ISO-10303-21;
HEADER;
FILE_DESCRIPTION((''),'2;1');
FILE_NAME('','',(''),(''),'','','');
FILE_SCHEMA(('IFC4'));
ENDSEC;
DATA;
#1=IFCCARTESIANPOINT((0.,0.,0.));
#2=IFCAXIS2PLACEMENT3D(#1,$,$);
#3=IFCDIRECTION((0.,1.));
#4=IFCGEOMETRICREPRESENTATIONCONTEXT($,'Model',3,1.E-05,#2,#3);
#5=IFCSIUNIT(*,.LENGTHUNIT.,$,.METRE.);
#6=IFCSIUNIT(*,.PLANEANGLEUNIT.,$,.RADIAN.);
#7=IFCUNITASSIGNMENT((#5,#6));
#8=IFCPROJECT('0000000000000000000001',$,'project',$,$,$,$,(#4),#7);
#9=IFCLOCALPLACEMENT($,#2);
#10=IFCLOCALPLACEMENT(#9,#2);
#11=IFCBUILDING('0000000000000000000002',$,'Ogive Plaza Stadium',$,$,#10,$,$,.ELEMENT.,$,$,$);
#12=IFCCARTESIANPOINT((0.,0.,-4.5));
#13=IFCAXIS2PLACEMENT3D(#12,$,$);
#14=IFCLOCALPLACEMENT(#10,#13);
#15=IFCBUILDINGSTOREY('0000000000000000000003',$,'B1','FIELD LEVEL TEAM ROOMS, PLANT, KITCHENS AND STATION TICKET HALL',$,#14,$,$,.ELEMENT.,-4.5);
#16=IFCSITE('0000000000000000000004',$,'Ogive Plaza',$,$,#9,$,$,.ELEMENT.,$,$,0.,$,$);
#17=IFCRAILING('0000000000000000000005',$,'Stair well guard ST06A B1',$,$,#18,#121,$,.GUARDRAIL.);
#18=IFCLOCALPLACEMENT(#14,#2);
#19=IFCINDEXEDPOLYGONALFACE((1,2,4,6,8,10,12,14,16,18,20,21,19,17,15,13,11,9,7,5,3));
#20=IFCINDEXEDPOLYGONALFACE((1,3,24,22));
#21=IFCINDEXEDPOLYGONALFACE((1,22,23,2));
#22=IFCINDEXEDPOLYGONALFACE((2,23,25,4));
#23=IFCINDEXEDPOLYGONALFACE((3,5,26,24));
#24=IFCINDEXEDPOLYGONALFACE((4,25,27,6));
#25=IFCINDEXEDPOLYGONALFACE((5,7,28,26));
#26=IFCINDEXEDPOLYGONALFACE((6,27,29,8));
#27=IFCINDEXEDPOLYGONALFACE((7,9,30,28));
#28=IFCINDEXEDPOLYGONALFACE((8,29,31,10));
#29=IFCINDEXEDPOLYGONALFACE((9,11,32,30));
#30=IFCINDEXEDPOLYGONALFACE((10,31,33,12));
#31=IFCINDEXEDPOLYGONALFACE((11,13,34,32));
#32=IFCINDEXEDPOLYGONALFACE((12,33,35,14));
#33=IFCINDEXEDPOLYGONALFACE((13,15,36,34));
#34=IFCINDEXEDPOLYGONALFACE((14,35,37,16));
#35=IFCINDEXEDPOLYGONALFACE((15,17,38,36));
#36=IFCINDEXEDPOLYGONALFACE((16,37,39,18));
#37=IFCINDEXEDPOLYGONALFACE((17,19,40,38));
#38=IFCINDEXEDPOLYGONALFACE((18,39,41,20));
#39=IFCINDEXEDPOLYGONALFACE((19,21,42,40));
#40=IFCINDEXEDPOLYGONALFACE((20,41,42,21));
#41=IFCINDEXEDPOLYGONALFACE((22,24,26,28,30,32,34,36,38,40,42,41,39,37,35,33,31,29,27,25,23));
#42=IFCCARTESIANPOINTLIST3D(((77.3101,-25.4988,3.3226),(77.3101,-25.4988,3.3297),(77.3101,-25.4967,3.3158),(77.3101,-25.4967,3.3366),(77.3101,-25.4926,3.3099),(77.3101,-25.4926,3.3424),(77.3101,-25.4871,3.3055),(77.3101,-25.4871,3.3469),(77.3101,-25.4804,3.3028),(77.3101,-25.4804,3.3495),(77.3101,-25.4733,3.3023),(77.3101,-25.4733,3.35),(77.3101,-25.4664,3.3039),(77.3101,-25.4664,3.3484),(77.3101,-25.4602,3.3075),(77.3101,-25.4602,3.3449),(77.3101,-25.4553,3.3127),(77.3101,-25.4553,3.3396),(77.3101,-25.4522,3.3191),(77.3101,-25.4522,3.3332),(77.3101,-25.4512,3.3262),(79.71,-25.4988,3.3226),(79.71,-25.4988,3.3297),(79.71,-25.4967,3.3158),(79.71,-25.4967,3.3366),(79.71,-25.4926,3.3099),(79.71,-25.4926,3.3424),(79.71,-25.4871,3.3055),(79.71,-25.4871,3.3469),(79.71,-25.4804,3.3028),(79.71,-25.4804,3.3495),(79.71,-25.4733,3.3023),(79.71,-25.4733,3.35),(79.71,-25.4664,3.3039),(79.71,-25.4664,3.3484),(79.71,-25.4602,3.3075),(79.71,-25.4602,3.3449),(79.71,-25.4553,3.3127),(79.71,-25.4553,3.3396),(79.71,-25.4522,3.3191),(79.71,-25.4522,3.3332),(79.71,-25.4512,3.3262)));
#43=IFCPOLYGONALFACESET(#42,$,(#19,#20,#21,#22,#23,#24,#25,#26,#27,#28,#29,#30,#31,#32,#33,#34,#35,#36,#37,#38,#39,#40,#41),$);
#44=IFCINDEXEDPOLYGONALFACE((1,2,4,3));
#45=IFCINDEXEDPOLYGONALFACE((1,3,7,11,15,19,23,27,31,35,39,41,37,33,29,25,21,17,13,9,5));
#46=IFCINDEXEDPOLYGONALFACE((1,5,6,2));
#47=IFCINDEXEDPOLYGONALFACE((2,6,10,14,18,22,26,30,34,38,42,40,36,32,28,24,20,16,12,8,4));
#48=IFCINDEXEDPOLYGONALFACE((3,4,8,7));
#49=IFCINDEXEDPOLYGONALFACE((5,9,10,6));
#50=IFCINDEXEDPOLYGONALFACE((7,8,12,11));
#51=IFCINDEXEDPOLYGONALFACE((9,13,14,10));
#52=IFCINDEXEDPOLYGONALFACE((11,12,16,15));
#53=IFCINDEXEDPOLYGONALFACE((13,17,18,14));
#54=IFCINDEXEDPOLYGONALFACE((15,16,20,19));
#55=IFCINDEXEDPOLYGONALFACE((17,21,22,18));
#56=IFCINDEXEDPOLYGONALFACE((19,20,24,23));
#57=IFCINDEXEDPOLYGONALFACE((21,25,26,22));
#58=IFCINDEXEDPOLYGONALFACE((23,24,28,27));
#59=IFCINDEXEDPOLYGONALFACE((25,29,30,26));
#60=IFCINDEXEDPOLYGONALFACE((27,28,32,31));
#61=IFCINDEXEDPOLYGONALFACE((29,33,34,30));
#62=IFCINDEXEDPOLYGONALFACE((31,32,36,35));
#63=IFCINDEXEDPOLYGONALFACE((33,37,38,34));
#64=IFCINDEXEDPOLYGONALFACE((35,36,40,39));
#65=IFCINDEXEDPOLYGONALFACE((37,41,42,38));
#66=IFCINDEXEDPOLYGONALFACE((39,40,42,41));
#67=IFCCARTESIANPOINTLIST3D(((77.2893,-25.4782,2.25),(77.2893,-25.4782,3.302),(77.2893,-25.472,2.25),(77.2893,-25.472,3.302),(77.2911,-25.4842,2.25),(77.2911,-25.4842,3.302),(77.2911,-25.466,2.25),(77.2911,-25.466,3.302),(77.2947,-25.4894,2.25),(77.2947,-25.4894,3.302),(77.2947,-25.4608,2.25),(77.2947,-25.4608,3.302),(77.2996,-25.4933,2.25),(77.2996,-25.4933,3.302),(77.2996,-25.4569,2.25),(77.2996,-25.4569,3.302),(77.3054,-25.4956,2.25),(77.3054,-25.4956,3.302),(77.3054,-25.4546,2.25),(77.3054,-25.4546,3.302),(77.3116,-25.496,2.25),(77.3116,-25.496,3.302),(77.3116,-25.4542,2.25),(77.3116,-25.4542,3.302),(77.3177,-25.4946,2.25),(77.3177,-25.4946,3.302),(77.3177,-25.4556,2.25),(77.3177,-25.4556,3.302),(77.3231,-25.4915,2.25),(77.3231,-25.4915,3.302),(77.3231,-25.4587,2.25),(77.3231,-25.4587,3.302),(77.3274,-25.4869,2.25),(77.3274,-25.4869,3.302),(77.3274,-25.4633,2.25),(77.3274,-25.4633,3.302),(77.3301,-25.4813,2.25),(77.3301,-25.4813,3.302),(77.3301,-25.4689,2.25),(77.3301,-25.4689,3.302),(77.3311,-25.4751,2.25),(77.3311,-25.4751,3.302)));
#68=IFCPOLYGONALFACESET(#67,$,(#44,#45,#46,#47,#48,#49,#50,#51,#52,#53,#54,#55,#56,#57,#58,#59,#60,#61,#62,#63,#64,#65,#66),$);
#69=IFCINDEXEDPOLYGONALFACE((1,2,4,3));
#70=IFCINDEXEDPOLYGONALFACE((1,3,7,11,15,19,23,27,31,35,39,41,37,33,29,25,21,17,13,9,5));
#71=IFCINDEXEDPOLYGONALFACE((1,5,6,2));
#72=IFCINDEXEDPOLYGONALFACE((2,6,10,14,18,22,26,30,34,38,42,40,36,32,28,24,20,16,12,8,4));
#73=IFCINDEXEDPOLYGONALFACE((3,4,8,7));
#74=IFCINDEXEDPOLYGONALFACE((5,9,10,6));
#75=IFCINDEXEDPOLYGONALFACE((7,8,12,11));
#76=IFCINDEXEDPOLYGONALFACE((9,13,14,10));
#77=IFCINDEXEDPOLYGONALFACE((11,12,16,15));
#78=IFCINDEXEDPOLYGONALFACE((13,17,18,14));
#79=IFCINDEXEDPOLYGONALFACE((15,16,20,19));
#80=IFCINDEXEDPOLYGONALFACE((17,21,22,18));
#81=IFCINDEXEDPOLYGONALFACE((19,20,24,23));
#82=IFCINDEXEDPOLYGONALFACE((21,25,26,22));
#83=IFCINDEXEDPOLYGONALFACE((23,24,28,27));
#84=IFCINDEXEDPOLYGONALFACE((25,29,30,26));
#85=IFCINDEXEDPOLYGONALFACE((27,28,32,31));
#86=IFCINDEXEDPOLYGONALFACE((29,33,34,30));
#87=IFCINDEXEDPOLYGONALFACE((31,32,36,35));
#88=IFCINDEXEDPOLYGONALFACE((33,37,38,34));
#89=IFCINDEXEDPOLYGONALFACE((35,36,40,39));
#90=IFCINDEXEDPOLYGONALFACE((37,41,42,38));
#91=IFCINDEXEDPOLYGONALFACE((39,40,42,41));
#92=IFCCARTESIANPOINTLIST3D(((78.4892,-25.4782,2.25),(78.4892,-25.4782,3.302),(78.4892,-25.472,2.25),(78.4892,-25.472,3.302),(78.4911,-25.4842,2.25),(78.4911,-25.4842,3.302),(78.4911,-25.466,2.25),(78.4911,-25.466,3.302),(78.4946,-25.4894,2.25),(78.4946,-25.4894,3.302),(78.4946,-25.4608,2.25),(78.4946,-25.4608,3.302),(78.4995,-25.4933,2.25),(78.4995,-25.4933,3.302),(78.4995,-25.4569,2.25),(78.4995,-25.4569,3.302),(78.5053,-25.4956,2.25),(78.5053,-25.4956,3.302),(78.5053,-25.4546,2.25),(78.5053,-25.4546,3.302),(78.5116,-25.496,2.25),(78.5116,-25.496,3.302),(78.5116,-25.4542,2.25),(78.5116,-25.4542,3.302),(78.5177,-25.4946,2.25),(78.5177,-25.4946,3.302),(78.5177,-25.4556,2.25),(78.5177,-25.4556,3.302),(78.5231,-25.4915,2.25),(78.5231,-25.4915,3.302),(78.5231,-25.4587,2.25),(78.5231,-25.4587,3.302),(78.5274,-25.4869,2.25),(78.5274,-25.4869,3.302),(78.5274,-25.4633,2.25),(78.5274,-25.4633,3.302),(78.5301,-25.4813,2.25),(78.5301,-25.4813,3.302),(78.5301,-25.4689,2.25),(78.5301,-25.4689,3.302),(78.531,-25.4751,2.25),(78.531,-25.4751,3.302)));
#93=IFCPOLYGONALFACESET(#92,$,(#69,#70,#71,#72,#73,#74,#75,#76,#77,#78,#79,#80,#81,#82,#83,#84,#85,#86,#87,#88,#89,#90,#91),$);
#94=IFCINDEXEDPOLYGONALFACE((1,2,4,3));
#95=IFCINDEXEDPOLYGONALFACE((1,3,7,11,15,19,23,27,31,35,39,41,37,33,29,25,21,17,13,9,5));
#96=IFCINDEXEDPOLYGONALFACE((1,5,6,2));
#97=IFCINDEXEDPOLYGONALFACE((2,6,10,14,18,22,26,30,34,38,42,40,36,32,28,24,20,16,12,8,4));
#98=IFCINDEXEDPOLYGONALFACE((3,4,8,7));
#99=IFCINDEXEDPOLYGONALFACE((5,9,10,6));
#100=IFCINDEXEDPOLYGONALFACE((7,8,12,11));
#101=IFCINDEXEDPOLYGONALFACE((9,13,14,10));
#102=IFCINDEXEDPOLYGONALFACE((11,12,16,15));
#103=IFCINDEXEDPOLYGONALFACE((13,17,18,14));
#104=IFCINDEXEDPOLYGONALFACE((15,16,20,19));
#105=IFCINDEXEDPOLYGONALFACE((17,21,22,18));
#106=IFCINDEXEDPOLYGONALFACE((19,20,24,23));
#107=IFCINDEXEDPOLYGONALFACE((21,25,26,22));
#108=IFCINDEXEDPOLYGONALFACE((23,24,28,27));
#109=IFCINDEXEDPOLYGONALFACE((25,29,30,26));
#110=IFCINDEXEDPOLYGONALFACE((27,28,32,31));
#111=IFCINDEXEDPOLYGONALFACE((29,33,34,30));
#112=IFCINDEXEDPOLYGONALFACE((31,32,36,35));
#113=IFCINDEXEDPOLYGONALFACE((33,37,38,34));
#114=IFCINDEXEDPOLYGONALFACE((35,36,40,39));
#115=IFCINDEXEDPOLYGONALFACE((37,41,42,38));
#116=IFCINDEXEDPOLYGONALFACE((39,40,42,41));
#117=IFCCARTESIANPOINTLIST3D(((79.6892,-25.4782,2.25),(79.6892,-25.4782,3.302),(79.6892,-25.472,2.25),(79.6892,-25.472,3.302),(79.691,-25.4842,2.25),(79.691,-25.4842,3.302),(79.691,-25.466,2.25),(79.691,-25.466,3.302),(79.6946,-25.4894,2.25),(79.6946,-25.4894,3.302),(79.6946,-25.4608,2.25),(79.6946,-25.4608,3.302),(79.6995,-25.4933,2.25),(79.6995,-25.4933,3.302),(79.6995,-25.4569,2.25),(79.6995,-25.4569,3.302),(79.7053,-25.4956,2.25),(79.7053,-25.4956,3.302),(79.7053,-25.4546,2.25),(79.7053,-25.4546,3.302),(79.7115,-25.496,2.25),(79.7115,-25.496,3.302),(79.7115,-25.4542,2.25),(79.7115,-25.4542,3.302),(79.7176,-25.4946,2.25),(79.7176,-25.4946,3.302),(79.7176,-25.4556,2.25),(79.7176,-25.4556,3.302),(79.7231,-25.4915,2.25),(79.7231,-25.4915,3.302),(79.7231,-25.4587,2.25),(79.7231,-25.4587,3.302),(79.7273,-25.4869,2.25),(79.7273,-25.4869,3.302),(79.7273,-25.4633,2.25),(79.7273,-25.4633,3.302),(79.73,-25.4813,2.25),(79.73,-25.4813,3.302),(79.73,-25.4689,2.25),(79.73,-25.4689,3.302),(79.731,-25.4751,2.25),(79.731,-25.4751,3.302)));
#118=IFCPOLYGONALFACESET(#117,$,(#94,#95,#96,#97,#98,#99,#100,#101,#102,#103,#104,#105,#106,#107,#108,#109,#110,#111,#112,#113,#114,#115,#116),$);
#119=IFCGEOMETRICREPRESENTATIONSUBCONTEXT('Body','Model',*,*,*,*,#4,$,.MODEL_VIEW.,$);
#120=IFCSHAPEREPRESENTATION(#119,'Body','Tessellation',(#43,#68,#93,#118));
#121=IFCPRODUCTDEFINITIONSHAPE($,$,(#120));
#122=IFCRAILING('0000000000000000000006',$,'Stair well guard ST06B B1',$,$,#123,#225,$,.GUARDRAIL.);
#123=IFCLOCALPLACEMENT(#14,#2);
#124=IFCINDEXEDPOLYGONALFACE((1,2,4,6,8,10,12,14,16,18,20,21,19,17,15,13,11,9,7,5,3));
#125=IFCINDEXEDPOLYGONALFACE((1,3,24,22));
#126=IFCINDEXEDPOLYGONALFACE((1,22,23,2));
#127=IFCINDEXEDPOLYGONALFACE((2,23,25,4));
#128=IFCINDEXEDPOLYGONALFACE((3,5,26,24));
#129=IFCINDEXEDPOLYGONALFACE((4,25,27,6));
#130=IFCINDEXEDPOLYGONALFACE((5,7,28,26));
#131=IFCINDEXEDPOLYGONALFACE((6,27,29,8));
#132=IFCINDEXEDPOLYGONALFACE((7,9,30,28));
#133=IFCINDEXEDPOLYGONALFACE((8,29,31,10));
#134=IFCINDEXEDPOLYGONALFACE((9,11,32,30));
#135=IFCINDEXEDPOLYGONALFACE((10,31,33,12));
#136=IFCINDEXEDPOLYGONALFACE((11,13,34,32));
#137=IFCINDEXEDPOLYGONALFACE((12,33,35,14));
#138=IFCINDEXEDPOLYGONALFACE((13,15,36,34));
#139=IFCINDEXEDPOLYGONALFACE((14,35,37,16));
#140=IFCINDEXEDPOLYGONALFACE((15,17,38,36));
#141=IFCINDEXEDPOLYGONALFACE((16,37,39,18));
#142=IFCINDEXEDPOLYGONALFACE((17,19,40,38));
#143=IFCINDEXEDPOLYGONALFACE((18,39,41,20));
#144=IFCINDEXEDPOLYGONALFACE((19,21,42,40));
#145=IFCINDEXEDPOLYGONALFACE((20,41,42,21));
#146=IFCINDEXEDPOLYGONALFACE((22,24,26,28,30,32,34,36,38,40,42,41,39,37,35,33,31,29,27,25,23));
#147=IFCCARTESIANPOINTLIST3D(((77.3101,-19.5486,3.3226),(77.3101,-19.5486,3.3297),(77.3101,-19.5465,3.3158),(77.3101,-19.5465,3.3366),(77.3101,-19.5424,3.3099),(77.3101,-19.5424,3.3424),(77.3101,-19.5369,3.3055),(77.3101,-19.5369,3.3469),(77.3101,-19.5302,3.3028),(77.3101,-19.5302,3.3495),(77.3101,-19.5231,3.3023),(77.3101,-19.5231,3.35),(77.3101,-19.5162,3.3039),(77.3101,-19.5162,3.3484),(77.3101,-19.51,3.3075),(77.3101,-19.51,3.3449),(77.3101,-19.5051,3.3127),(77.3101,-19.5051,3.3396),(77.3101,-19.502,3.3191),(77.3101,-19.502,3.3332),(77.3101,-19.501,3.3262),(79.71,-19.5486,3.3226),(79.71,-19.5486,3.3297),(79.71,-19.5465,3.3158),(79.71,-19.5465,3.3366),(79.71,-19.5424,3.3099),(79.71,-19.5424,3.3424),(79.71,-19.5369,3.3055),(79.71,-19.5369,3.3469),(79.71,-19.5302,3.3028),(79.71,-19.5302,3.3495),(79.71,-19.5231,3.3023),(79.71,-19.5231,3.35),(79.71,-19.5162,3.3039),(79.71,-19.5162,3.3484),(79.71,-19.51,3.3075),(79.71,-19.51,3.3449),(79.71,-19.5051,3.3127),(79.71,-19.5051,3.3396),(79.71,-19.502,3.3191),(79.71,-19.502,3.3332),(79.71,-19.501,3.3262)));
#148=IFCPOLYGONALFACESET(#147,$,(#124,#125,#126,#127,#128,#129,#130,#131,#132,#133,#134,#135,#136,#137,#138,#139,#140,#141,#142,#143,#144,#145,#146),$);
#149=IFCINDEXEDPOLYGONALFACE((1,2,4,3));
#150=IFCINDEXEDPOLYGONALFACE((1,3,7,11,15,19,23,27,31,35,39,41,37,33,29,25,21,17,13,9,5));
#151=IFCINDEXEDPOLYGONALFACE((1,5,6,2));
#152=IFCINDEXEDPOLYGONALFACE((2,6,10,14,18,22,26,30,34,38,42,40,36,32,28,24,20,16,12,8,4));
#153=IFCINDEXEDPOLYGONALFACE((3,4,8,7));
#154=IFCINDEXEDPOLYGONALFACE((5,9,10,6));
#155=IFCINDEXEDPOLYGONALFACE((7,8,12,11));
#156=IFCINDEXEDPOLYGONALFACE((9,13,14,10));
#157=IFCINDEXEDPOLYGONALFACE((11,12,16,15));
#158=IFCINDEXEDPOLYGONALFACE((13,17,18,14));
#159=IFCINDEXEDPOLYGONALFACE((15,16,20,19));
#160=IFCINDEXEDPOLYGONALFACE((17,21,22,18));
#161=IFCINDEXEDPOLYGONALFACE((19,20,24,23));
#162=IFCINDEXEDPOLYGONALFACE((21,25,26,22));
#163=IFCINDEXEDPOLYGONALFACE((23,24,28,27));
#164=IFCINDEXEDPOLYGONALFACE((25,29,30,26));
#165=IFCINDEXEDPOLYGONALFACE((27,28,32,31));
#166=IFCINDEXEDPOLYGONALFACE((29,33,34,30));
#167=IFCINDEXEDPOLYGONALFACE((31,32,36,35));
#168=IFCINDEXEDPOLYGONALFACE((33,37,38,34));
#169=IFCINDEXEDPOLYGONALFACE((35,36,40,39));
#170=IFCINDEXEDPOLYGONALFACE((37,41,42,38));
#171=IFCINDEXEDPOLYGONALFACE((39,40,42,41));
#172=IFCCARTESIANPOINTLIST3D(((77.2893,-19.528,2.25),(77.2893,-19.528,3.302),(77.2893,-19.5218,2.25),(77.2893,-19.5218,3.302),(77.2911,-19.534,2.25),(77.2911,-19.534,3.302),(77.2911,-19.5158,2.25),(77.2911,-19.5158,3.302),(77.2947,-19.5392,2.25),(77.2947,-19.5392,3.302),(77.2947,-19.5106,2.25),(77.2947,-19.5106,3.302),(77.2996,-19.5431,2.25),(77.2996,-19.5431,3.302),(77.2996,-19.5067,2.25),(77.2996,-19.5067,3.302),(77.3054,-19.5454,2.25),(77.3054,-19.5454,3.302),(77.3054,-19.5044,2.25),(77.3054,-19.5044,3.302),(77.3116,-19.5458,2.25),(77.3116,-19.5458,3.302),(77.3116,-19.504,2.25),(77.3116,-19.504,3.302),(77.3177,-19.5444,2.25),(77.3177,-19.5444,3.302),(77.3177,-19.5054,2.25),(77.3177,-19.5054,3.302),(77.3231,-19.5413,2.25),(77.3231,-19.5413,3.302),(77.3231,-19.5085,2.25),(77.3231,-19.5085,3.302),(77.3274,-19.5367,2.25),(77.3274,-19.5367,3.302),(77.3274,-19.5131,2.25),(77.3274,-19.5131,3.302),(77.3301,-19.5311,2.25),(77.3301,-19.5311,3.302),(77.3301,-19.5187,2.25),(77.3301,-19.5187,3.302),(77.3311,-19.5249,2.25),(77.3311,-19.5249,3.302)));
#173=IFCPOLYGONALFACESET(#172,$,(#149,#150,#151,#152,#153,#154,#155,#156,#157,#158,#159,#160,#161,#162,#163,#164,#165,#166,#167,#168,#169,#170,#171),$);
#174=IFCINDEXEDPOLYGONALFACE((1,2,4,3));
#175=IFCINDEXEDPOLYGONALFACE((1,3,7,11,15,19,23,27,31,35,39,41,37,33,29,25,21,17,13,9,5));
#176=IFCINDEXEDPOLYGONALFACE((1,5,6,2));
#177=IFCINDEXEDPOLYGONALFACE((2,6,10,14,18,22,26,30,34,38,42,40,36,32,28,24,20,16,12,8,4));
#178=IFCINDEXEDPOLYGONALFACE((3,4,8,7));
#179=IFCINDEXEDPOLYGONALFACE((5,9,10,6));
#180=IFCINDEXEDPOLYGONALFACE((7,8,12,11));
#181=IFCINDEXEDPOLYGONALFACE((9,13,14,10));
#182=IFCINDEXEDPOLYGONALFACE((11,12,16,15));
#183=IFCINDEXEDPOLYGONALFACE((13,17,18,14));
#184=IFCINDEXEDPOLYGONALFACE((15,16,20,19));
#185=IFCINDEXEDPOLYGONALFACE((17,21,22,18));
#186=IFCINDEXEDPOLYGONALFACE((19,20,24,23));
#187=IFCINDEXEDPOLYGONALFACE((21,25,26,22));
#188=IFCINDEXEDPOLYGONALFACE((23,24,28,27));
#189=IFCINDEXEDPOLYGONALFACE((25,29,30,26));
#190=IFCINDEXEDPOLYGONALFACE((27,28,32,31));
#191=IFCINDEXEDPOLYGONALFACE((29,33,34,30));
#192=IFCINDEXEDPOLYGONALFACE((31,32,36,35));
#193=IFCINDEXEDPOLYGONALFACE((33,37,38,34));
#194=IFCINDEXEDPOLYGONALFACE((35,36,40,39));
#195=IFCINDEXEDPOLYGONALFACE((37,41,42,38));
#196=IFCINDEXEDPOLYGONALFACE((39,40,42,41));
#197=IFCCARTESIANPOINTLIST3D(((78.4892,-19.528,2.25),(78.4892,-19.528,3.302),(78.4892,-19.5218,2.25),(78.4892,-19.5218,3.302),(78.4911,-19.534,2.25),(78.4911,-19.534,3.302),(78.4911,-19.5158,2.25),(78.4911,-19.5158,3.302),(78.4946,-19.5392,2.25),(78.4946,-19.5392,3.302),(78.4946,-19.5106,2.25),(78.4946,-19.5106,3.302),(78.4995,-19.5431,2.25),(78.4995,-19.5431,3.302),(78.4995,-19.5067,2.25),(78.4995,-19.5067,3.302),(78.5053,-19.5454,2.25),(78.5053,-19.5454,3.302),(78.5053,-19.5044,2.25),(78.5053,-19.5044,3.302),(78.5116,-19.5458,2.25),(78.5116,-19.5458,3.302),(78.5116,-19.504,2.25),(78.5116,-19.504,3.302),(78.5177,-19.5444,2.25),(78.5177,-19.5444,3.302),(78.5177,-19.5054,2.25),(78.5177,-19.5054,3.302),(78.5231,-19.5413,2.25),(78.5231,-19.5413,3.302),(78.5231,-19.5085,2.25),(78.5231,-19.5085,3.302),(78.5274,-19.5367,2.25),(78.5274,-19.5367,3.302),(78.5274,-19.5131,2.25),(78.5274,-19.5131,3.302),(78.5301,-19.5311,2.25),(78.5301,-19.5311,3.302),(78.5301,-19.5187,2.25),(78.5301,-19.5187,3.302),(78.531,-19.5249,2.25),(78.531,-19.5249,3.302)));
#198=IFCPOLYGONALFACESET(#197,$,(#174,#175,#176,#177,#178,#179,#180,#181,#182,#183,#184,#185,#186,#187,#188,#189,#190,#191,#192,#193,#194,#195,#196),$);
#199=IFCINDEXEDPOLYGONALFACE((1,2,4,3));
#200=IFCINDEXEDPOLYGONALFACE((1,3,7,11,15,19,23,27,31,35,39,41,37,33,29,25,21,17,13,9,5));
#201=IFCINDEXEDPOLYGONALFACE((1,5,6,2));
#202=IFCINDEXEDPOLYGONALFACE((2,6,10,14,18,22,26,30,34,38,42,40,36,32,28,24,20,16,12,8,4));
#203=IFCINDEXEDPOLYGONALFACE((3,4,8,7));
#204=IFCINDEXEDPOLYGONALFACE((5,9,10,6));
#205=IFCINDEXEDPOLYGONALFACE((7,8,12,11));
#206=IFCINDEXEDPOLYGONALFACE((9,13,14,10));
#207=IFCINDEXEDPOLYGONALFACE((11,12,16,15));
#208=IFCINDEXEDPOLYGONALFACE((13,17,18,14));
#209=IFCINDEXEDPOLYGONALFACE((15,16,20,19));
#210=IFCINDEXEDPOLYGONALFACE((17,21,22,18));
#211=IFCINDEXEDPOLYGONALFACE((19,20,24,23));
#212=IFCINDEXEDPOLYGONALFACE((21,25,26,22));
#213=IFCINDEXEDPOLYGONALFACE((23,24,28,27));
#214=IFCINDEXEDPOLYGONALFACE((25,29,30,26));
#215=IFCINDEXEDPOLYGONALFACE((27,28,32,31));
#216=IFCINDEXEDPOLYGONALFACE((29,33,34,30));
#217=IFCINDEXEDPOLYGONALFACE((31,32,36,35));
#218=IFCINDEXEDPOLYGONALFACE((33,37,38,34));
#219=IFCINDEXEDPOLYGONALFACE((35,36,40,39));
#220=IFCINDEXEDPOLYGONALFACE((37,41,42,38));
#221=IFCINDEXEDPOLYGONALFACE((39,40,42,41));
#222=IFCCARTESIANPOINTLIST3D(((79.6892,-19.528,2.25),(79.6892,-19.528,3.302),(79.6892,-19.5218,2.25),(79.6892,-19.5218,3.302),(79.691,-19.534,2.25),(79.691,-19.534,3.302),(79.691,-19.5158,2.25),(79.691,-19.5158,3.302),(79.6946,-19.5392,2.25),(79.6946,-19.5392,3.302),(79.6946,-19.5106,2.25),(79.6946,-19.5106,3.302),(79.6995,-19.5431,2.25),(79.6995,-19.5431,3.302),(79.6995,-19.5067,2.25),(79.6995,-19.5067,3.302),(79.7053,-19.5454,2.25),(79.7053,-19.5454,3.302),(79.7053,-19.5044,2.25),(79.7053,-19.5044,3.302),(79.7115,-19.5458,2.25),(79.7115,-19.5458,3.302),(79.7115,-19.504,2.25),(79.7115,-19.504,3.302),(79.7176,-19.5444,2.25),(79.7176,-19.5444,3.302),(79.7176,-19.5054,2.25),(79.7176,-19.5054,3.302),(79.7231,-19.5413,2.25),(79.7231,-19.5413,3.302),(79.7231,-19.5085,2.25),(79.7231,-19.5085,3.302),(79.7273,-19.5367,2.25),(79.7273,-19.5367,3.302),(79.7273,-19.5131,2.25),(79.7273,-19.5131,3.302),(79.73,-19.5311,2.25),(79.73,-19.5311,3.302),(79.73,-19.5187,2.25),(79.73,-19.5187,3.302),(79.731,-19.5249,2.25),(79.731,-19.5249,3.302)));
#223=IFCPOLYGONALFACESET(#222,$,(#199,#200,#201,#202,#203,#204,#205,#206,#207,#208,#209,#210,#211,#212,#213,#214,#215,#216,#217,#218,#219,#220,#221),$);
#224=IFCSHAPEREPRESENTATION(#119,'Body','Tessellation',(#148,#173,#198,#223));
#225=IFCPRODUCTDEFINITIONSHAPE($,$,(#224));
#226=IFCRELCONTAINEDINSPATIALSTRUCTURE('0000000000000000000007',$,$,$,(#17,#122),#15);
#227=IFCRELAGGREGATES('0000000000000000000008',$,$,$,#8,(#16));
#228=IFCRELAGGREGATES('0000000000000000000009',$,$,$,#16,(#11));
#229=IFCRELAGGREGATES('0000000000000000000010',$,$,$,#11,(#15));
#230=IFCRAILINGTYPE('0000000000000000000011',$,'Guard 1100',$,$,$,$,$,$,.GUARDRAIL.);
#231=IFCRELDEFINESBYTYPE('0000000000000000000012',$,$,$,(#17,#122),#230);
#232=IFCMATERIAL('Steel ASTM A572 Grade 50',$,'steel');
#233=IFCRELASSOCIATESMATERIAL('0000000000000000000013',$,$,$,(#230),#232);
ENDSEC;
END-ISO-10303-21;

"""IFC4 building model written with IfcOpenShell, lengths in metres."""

from ifc_helpers import new_model, si_unit, direction, frame, origin, origin_2d, place, context, subcontext, project, spatial, circle, extrude, material, type_object, element, save


model = new_model("IFC4")

# Units and contexts
model_context = context("Model", 3, precision=1e-05, world=origin(), true_north=direction((0.0, 1.0)))
body_context = subcontext(model_context, "Body", "Model", "MODEL_VIEW")
ifc_project = project(units=[si_unit("LENGTHUNIT", "METRE"), si_unit("PLANEANGLEUNIT", "RADIAN")], contexts=[model_context])

# Site, building, storey
site_placement = place(None, origin())
site = spatial("IfcSite", under=ifc_project, at=site_placement, Name="Ogive Plaza", CompositionType="ELEMENT", RefElevation=0.0)
building_placement = place(site_placement, origin())
building = spatial("IfcBuilding", under=site, at=building_placement, Name="Ogive Plaza Stadium", CompositionType="ELEMENT")
storey_placement = place(building_placement, frame((0.0, 0.0, -4.5)))
storey = spatial("IfcBuildingStorey", under=building, at=storey_placement, Name="B1", Description="FIELD LEVEL TEAM ROOMS, PLANT, KITCHENS AND STATION TICKET HALL", CompositionType="ELEMENT", Elevation=-4.5)

# Railings
ifc_material_1 = material(Name="Steel ASTM A572 Grade 50", Category="steel")
railing_type_1 = type_object("IfcRailingType", Name="Guard 1100", PredefinedType="GUARDRAIL", material=ifc_material_1)
for number, where, name in (
    (1, (77.3101, -25.4751, 2.25), "Stair well guard ST06A B1"),
    (2, (77.3101, -19.5249, 2.25), "Stair well guard ST06B B1"),
):
    element("IfcRailing", number, at=place(storey_placement, frame(where)), inside=storey, type_object=railing_type_1, Name=name, PredefinedType="GUARDRAIL", context=body_context, shape_type="SweptSolid", body=[
        extrude(circle(Radius=0.0239, at=origin_2d()), frame((0.0, 0.0, 1.0762), z_axis=(1.0, 0.0, 0.0), x_axis=(0.0, 1.0, 0.0)), (0.0, 0.0, 1.0), 2.3999),
        extrude(circle(Radius=0.021, at=origin_2d()), origin(), (0.0, 0.0, 1.0), 1.052),
        extrude(circle(Radius=0.021, at=origin_2d()), frame((1.2, 0.0, 0.0)), (0.0, 0.0, 1.0), 1.052),
        extrude(circle(Radius=0.021, at=origin_2d()), frame((2.3999, 0.0, 0.0)), (0.0, 0.0, 1.0), 1.052),
    ])

save(model, "model.ifc")
